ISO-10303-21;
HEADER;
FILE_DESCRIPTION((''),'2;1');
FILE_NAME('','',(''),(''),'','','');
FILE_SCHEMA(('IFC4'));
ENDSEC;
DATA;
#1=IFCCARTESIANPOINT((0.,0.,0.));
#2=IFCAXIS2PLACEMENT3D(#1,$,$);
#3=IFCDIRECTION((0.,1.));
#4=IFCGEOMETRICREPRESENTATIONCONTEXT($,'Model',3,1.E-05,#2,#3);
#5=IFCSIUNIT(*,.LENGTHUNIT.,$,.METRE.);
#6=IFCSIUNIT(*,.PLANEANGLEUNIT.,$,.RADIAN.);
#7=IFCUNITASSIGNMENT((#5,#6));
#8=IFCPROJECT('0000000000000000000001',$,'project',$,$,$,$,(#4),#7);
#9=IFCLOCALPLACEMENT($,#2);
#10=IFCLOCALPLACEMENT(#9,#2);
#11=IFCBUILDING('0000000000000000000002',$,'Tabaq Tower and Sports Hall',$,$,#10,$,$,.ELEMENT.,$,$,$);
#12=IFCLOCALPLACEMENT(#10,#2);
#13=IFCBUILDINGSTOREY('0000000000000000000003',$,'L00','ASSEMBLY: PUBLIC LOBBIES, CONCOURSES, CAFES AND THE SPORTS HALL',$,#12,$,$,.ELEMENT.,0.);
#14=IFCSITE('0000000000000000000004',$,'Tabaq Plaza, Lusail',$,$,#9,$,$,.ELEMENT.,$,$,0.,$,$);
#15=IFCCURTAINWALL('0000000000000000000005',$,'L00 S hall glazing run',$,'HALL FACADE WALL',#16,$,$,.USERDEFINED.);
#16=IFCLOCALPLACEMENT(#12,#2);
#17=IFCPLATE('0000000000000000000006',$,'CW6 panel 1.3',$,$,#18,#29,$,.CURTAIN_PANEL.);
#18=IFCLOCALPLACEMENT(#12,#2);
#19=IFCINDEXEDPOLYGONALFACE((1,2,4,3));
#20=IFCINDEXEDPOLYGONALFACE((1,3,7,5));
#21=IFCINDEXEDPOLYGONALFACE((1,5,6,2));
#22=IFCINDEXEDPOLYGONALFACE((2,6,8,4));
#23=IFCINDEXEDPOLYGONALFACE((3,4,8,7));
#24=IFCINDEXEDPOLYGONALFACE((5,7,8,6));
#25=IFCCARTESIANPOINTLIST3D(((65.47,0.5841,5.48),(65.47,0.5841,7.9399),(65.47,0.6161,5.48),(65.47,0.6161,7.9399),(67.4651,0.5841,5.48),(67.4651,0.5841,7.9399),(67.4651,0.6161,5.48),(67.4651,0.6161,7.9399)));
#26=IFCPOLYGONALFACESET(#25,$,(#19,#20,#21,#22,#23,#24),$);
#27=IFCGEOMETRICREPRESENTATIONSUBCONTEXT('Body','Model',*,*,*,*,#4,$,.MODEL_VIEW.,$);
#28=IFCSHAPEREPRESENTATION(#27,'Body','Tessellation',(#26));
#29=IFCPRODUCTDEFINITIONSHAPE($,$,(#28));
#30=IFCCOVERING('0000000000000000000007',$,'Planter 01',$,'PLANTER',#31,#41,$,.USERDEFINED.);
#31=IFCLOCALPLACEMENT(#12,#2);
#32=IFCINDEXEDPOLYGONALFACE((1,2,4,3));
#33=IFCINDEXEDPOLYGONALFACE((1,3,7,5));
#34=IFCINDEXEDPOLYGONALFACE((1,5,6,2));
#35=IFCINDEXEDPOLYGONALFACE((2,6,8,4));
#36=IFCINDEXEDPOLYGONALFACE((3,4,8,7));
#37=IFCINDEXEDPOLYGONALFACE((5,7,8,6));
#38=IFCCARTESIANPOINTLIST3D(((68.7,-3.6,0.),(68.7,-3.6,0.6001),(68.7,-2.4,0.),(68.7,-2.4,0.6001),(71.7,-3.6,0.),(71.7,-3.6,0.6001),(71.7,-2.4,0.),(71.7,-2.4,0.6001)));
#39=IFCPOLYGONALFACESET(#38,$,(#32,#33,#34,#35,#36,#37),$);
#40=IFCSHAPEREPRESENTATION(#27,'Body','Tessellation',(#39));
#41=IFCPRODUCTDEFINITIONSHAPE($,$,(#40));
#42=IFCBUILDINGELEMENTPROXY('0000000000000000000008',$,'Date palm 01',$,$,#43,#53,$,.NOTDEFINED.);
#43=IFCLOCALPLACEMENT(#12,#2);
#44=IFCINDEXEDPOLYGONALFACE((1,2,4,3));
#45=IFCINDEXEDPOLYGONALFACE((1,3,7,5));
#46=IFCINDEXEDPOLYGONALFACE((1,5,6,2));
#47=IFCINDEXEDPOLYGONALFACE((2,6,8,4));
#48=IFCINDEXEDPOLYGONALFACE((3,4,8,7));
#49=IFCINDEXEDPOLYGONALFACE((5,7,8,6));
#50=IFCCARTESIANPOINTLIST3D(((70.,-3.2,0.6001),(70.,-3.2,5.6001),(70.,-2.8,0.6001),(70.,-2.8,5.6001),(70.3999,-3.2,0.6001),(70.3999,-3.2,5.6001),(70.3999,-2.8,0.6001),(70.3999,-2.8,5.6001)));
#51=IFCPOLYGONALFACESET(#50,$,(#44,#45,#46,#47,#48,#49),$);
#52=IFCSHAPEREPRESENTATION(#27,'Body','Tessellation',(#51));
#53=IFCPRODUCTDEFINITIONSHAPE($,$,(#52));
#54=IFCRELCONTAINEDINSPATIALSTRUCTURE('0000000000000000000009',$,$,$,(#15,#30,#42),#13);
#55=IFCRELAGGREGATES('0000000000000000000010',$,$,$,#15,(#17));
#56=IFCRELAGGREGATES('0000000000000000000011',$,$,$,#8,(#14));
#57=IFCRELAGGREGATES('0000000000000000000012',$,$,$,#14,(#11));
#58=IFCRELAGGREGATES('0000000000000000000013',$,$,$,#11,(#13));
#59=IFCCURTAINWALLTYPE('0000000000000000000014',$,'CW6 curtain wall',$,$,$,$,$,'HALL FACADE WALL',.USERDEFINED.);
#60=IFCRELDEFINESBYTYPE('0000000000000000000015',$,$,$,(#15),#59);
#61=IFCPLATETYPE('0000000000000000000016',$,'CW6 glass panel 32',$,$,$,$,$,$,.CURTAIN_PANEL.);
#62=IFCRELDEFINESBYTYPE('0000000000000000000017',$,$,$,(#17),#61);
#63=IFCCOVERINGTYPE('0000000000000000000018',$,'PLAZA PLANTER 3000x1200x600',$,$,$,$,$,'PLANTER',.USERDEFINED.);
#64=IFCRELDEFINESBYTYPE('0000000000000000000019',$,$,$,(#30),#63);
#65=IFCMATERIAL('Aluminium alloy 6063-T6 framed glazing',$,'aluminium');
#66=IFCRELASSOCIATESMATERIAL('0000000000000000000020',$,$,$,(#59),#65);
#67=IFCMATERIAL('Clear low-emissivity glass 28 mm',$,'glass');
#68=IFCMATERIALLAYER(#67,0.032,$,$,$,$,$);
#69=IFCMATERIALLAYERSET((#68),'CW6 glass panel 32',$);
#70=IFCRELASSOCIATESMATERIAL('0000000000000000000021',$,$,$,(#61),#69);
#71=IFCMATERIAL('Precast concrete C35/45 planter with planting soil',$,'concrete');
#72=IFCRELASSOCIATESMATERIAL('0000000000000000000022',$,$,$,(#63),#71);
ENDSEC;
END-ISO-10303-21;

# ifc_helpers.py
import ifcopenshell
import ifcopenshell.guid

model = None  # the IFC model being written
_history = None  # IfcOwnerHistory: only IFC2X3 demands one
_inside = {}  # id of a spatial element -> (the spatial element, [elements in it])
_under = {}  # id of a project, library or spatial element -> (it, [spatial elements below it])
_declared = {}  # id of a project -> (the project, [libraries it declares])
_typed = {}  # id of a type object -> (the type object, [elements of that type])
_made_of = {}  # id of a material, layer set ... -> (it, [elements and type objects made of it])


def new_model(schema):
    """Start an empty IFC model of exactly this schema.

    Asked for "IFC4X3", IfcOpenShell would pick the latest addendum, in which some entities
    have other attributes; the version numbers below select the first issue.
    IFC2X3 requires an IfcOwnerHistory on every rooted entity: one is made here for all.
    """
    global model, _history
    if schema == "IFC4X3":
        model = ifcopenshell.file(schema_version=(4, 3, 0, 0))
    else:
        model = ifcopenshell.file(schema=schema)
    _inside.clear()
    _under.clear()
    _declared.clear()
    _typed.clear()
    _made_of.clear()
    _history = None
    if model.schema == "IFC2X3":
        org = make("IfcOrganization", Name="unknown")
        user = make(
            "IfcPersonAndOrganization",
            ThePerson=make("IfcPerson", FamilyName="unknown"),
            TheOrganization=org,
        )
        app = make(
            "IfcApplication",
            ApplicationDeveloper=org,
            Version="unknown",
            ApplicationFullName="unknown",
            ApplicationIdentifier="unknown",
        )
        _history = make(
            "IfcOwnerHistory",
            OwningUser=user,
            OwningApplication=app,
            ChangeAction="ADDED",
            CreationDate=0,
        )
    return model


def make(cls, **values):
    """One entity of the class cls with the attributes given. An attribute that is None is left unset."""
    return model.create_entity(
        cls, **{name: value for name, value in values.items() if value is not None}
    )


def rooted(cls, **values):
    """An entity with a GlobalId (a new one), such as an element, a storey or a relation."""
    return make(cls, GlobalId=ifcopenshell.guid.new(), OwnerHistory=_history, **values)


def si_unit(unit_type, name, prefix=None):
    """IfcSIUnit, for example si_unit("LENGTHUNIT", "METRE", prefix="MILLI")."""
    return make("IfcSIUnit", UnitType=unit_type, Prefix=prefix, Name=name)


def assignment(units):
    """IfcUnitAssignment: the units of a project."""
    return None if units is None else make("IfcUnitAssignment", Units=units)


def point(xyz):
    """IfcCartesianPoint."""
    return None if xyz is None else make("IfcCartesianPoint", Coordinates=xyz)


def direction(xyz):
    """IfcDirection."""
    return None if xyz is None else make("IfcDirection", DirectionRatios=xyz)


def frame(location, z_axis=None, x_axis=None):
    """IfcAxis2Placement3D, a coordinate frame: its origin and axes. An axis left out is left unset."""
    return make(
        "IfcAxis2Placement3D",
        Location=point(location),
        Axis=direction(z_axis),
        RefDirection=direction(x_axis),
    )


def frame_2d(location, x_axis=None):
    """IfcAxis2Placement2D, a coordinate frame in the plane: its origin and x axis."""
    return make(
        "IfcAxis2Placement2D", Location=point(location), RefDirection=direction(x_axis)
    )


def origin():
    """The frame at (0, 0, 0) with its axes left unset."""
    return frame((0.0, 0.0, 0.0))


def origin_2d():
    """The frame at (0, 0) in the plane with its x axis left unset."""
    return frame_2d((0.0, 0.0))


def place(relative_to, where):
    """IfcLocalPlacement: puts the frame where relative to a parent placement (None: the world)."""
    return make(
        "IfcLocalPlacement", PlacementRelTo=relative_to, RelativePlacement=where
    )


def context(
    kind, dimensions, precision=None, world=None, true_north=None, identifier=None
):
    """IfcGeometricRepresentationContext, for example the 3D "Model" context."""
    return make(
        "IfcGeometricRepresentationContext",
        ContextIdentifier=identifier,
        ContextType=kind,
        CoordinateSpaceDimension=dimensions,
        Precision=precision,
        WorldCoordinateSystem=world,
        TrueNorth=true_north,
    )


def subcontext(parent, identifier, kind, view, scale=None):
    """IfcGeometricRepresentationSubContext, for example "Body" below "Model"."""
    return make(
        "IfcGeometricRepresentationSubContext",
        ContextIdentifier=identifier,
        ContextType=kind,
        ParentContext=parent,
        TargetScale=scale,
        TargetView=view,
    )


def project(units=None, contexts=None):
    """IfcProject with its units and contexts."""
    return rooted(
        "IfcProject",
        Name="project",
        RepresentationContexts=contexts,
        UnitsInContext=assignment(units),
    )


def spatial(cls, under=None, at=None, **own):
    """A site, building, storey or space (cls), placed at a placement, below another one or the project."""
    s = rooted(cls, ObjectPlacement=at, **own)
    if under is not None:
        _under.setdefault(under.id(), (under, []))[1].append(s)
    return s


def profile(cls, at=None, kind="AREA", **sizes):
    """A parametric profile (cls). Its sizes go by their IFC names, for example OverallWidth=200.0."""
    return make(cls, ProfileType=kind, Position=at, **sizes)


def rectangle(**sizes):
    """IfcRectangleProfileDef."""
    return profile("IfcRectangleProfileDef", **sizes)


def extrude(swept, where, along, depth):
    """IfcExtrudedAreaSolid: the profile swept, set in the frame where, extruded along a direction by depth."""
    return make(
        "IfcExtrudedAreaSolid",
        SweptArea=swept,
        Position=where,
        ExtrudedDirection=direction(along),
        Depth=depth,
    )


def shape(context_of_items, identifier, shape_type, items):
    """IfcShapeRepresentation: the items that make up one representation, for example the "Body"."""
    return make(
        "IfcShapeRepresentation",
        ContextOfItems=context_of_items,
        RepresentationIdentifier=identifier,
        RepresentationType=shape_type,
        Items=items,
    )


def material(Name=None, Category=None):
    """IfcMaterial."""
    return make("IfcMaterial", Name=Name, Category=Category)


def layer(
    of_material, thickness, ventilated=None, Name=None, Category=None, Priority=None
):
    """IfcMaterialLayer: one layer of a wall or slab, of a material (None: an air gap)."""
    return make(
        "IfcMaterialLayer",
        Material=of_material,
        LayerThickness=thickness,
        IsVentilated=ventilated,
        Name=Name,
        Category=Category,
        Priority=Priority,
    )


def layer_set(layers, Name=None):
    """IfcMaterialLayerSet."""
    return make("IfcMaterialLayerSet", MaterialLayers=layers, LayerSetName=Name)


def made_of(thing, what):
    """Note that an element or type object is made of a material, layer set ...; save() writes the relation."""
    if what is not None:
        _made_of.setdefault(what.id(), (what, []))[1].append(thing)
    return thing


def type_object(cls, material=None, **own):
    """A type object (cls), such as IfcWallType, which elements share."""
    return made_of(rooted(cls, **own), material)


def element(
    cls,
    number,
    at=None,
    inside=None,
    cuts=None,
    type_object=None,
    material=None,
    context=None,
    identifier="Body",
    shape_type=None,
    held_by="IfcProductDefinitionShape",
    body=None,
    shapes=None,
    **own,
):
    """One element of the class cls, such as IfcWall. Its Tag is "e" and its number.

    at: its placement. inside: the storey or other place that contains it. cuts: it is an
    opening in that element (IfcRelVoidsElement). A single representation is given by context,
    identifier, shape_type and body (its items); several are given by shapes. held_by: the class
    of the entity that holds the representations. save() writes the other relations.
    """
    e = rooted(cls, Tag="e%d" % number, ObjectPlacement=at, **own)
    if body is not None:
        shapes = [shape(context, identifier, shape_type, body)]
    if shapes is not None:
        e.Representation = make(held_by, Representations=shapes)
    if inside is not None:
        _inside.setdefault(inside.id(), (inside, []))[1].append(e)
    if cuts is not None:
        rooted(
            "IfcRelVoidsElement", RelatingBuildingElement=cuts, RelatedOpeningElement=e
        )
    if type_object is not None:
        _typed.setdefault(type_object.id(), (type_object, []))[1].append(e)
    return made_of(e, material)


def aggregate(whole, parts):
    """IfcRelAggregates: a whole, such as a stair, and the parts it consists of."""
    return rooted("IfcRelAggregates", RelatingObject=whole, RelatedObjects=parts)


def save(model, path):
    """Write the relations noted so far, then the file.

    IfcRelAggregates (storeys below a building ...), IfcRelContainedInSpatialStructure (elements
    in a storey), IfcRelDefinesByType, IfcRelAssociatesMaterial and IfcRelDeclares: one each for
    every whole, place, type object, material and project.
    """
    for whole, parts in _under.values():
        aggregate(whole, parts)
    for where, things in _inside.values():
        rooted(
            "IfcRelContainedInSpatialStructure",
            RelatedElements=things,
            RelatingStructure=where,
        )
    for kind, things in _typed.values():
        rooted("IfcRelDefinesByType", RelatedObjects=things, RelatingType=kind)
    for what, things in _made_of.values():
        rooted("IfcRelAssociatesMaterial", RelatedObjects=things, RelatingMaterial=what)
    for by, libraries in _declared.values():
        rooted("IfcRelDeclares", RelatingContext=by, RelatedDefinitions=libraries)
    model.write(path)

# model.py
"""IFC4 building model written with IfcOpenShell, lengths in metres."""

from ifc_helpers import new_model, si_unit, direction, frame, origin, origin_2d, place, context, subcontext, project, spatial, rectangle, extrude, material, layer, layer_set, type_object, element, aggregate, save


model = new_model("IFC4")

# Units and contexts
model_context = context("Model", 3, precision=1e-05, world=origin(), true_north=direction((0.0, 1.0)))
body_context = subcontext(model_context, "Body", "Model", "MODEL_VIEW")
ifc_project = project(units=[si_unit("LENGTHUNIT", "METRE"), si_unit("PLANEANGLEUNIT", "RADIAN")], contexts=[model_context])

# Site, building, storey
site_placement = place(None, origin())
site = spatial("IfcSite", under=ifc_project, at=site_placement, Name="Tabaq Plaza, Lusail", CompositionType="ELEMENT", RefElevation=0.0)
building_placement = place(site_placement, origin())
building = spatial("IfcBuilding", under=site, at=building_placement, Name="Tabaq Tower and Sports Hall", CompositionType="ELEMENT")
storey_placement = place(building_placement, origin())
storey = spatial("IfcBuildingStorey", under=building, at=storey_placement, Name="L00", Description="ASSEMBLY: PUBLIC LOBBIES, CONCOURSES, CAFES AND THE SPORTS HALL", CompositionType="ELEMENT", Elevation=0.0)

# Curtain wall, plate
ifc_material_1 = material(Name="Aluminium alloy 6063-T6 framed glazing", Category="aluminium")
curtain_wall_type = type_object("IfcCurtainWallType", Name="CW6 curtain wall", ElementType="HALL FACADE WALL", PredefinedType="USERDEFINED", material=ifc_material_1)
curtain_wall_placement = place(storey_placement, origin())
curtain_wall = element("IfcCurtainWall", 1, at=curtain_wall_placement, inside=storey, type_object=curtain_wall_type, Name="L00 S hall glazing run", ObjectType="HALL FACADE WALL", PredefinedType="USERDEFINED")
ifc_material_2 = material(Name="Clear low-emissivity glass 28 mm", Category="glass")
ifc_layer = layer(ifc_material_2, 0.032)
ifc_layer_set = layer_set([ifc_layer], Name="CW6 glass panel 32")
plate_type = type_object("IfcPlateType", Name="CW6 glass panel 32", PredefinedType="CURTAIN_PANEL", material=ifc_layer_set)
plate_1_placement = place(storey_placement, frame((66.4675, 0.6001, 5.48), z_axis=(0.0, 0.0, 1.0), x_axis=(1.0, 0.0, 0.0)))
plate_1 = element("IfcPlate", 2, at=plate_1_placement, type_object=plate_type, Name="CW6 panel 1.3", PredefinedType="CURTAIN_PANEL", context=body_context, shape_type="SweptSolid", body=[
    extrude(rectangle(XDim=1.9951, YDim=0.032, at=origin_2d()), origin(), (0.0, 0.0, 1.0), 2.46),
])
aggregate(curtain_wall, [plate_1])

# Covering
ifc_material_3 = material(Name="Precast concrete C35/45 planter with planting soil", Category="concrete")
covering_type = type_object("IfcCoveringType", Name="PLAZA PLANTER 3000x1200x600", ElementType="PLANTER", PredefinedType="USERDEFINED", material=ifc_material_3)
covering_placement = place(storey_placement, frame((70.2, -3.0, 0.0), z_axis=(0.0, 0.0, 1.0), x_axis=(1.0, 0.0, 0.0)))
element("IfcCovering", 3, at=covering_placement, inside=storey, type_object=covering_type, Name="Planter 01", ObjectType="PLANTER", PredefinedType="USERDEFINED", context=body_context, shape_type="SweptSolid", body=[
    extrude(rectangle(XDim=3.0, YDim=1.2, at=origin_2d()), origin(), (0.0, 0.0, 1.0), 0.6001),
])

# Building element proxy
proxy_placement = place(storey_placement, frame((70.2, -3.0, 0.6001), z_axis=(0.0, 0.0, 1.0), x_axis=(1.0, 0.0, 0.0)))
element("IfcBuildingElementProxy", 4, at=proxy_placement, inside=storey, Name="Date palm 01", PredefinedType="NOTDEFINED", context=body_context, shape_type="SweptSolid", body=[
    extrude(rectangle(XDim=0.3999, YDim=0.3999, at=origin_2d()), origin(), (0.0, 0.0, 1.0), 5.0),
])

save(model, "model.ifc")
